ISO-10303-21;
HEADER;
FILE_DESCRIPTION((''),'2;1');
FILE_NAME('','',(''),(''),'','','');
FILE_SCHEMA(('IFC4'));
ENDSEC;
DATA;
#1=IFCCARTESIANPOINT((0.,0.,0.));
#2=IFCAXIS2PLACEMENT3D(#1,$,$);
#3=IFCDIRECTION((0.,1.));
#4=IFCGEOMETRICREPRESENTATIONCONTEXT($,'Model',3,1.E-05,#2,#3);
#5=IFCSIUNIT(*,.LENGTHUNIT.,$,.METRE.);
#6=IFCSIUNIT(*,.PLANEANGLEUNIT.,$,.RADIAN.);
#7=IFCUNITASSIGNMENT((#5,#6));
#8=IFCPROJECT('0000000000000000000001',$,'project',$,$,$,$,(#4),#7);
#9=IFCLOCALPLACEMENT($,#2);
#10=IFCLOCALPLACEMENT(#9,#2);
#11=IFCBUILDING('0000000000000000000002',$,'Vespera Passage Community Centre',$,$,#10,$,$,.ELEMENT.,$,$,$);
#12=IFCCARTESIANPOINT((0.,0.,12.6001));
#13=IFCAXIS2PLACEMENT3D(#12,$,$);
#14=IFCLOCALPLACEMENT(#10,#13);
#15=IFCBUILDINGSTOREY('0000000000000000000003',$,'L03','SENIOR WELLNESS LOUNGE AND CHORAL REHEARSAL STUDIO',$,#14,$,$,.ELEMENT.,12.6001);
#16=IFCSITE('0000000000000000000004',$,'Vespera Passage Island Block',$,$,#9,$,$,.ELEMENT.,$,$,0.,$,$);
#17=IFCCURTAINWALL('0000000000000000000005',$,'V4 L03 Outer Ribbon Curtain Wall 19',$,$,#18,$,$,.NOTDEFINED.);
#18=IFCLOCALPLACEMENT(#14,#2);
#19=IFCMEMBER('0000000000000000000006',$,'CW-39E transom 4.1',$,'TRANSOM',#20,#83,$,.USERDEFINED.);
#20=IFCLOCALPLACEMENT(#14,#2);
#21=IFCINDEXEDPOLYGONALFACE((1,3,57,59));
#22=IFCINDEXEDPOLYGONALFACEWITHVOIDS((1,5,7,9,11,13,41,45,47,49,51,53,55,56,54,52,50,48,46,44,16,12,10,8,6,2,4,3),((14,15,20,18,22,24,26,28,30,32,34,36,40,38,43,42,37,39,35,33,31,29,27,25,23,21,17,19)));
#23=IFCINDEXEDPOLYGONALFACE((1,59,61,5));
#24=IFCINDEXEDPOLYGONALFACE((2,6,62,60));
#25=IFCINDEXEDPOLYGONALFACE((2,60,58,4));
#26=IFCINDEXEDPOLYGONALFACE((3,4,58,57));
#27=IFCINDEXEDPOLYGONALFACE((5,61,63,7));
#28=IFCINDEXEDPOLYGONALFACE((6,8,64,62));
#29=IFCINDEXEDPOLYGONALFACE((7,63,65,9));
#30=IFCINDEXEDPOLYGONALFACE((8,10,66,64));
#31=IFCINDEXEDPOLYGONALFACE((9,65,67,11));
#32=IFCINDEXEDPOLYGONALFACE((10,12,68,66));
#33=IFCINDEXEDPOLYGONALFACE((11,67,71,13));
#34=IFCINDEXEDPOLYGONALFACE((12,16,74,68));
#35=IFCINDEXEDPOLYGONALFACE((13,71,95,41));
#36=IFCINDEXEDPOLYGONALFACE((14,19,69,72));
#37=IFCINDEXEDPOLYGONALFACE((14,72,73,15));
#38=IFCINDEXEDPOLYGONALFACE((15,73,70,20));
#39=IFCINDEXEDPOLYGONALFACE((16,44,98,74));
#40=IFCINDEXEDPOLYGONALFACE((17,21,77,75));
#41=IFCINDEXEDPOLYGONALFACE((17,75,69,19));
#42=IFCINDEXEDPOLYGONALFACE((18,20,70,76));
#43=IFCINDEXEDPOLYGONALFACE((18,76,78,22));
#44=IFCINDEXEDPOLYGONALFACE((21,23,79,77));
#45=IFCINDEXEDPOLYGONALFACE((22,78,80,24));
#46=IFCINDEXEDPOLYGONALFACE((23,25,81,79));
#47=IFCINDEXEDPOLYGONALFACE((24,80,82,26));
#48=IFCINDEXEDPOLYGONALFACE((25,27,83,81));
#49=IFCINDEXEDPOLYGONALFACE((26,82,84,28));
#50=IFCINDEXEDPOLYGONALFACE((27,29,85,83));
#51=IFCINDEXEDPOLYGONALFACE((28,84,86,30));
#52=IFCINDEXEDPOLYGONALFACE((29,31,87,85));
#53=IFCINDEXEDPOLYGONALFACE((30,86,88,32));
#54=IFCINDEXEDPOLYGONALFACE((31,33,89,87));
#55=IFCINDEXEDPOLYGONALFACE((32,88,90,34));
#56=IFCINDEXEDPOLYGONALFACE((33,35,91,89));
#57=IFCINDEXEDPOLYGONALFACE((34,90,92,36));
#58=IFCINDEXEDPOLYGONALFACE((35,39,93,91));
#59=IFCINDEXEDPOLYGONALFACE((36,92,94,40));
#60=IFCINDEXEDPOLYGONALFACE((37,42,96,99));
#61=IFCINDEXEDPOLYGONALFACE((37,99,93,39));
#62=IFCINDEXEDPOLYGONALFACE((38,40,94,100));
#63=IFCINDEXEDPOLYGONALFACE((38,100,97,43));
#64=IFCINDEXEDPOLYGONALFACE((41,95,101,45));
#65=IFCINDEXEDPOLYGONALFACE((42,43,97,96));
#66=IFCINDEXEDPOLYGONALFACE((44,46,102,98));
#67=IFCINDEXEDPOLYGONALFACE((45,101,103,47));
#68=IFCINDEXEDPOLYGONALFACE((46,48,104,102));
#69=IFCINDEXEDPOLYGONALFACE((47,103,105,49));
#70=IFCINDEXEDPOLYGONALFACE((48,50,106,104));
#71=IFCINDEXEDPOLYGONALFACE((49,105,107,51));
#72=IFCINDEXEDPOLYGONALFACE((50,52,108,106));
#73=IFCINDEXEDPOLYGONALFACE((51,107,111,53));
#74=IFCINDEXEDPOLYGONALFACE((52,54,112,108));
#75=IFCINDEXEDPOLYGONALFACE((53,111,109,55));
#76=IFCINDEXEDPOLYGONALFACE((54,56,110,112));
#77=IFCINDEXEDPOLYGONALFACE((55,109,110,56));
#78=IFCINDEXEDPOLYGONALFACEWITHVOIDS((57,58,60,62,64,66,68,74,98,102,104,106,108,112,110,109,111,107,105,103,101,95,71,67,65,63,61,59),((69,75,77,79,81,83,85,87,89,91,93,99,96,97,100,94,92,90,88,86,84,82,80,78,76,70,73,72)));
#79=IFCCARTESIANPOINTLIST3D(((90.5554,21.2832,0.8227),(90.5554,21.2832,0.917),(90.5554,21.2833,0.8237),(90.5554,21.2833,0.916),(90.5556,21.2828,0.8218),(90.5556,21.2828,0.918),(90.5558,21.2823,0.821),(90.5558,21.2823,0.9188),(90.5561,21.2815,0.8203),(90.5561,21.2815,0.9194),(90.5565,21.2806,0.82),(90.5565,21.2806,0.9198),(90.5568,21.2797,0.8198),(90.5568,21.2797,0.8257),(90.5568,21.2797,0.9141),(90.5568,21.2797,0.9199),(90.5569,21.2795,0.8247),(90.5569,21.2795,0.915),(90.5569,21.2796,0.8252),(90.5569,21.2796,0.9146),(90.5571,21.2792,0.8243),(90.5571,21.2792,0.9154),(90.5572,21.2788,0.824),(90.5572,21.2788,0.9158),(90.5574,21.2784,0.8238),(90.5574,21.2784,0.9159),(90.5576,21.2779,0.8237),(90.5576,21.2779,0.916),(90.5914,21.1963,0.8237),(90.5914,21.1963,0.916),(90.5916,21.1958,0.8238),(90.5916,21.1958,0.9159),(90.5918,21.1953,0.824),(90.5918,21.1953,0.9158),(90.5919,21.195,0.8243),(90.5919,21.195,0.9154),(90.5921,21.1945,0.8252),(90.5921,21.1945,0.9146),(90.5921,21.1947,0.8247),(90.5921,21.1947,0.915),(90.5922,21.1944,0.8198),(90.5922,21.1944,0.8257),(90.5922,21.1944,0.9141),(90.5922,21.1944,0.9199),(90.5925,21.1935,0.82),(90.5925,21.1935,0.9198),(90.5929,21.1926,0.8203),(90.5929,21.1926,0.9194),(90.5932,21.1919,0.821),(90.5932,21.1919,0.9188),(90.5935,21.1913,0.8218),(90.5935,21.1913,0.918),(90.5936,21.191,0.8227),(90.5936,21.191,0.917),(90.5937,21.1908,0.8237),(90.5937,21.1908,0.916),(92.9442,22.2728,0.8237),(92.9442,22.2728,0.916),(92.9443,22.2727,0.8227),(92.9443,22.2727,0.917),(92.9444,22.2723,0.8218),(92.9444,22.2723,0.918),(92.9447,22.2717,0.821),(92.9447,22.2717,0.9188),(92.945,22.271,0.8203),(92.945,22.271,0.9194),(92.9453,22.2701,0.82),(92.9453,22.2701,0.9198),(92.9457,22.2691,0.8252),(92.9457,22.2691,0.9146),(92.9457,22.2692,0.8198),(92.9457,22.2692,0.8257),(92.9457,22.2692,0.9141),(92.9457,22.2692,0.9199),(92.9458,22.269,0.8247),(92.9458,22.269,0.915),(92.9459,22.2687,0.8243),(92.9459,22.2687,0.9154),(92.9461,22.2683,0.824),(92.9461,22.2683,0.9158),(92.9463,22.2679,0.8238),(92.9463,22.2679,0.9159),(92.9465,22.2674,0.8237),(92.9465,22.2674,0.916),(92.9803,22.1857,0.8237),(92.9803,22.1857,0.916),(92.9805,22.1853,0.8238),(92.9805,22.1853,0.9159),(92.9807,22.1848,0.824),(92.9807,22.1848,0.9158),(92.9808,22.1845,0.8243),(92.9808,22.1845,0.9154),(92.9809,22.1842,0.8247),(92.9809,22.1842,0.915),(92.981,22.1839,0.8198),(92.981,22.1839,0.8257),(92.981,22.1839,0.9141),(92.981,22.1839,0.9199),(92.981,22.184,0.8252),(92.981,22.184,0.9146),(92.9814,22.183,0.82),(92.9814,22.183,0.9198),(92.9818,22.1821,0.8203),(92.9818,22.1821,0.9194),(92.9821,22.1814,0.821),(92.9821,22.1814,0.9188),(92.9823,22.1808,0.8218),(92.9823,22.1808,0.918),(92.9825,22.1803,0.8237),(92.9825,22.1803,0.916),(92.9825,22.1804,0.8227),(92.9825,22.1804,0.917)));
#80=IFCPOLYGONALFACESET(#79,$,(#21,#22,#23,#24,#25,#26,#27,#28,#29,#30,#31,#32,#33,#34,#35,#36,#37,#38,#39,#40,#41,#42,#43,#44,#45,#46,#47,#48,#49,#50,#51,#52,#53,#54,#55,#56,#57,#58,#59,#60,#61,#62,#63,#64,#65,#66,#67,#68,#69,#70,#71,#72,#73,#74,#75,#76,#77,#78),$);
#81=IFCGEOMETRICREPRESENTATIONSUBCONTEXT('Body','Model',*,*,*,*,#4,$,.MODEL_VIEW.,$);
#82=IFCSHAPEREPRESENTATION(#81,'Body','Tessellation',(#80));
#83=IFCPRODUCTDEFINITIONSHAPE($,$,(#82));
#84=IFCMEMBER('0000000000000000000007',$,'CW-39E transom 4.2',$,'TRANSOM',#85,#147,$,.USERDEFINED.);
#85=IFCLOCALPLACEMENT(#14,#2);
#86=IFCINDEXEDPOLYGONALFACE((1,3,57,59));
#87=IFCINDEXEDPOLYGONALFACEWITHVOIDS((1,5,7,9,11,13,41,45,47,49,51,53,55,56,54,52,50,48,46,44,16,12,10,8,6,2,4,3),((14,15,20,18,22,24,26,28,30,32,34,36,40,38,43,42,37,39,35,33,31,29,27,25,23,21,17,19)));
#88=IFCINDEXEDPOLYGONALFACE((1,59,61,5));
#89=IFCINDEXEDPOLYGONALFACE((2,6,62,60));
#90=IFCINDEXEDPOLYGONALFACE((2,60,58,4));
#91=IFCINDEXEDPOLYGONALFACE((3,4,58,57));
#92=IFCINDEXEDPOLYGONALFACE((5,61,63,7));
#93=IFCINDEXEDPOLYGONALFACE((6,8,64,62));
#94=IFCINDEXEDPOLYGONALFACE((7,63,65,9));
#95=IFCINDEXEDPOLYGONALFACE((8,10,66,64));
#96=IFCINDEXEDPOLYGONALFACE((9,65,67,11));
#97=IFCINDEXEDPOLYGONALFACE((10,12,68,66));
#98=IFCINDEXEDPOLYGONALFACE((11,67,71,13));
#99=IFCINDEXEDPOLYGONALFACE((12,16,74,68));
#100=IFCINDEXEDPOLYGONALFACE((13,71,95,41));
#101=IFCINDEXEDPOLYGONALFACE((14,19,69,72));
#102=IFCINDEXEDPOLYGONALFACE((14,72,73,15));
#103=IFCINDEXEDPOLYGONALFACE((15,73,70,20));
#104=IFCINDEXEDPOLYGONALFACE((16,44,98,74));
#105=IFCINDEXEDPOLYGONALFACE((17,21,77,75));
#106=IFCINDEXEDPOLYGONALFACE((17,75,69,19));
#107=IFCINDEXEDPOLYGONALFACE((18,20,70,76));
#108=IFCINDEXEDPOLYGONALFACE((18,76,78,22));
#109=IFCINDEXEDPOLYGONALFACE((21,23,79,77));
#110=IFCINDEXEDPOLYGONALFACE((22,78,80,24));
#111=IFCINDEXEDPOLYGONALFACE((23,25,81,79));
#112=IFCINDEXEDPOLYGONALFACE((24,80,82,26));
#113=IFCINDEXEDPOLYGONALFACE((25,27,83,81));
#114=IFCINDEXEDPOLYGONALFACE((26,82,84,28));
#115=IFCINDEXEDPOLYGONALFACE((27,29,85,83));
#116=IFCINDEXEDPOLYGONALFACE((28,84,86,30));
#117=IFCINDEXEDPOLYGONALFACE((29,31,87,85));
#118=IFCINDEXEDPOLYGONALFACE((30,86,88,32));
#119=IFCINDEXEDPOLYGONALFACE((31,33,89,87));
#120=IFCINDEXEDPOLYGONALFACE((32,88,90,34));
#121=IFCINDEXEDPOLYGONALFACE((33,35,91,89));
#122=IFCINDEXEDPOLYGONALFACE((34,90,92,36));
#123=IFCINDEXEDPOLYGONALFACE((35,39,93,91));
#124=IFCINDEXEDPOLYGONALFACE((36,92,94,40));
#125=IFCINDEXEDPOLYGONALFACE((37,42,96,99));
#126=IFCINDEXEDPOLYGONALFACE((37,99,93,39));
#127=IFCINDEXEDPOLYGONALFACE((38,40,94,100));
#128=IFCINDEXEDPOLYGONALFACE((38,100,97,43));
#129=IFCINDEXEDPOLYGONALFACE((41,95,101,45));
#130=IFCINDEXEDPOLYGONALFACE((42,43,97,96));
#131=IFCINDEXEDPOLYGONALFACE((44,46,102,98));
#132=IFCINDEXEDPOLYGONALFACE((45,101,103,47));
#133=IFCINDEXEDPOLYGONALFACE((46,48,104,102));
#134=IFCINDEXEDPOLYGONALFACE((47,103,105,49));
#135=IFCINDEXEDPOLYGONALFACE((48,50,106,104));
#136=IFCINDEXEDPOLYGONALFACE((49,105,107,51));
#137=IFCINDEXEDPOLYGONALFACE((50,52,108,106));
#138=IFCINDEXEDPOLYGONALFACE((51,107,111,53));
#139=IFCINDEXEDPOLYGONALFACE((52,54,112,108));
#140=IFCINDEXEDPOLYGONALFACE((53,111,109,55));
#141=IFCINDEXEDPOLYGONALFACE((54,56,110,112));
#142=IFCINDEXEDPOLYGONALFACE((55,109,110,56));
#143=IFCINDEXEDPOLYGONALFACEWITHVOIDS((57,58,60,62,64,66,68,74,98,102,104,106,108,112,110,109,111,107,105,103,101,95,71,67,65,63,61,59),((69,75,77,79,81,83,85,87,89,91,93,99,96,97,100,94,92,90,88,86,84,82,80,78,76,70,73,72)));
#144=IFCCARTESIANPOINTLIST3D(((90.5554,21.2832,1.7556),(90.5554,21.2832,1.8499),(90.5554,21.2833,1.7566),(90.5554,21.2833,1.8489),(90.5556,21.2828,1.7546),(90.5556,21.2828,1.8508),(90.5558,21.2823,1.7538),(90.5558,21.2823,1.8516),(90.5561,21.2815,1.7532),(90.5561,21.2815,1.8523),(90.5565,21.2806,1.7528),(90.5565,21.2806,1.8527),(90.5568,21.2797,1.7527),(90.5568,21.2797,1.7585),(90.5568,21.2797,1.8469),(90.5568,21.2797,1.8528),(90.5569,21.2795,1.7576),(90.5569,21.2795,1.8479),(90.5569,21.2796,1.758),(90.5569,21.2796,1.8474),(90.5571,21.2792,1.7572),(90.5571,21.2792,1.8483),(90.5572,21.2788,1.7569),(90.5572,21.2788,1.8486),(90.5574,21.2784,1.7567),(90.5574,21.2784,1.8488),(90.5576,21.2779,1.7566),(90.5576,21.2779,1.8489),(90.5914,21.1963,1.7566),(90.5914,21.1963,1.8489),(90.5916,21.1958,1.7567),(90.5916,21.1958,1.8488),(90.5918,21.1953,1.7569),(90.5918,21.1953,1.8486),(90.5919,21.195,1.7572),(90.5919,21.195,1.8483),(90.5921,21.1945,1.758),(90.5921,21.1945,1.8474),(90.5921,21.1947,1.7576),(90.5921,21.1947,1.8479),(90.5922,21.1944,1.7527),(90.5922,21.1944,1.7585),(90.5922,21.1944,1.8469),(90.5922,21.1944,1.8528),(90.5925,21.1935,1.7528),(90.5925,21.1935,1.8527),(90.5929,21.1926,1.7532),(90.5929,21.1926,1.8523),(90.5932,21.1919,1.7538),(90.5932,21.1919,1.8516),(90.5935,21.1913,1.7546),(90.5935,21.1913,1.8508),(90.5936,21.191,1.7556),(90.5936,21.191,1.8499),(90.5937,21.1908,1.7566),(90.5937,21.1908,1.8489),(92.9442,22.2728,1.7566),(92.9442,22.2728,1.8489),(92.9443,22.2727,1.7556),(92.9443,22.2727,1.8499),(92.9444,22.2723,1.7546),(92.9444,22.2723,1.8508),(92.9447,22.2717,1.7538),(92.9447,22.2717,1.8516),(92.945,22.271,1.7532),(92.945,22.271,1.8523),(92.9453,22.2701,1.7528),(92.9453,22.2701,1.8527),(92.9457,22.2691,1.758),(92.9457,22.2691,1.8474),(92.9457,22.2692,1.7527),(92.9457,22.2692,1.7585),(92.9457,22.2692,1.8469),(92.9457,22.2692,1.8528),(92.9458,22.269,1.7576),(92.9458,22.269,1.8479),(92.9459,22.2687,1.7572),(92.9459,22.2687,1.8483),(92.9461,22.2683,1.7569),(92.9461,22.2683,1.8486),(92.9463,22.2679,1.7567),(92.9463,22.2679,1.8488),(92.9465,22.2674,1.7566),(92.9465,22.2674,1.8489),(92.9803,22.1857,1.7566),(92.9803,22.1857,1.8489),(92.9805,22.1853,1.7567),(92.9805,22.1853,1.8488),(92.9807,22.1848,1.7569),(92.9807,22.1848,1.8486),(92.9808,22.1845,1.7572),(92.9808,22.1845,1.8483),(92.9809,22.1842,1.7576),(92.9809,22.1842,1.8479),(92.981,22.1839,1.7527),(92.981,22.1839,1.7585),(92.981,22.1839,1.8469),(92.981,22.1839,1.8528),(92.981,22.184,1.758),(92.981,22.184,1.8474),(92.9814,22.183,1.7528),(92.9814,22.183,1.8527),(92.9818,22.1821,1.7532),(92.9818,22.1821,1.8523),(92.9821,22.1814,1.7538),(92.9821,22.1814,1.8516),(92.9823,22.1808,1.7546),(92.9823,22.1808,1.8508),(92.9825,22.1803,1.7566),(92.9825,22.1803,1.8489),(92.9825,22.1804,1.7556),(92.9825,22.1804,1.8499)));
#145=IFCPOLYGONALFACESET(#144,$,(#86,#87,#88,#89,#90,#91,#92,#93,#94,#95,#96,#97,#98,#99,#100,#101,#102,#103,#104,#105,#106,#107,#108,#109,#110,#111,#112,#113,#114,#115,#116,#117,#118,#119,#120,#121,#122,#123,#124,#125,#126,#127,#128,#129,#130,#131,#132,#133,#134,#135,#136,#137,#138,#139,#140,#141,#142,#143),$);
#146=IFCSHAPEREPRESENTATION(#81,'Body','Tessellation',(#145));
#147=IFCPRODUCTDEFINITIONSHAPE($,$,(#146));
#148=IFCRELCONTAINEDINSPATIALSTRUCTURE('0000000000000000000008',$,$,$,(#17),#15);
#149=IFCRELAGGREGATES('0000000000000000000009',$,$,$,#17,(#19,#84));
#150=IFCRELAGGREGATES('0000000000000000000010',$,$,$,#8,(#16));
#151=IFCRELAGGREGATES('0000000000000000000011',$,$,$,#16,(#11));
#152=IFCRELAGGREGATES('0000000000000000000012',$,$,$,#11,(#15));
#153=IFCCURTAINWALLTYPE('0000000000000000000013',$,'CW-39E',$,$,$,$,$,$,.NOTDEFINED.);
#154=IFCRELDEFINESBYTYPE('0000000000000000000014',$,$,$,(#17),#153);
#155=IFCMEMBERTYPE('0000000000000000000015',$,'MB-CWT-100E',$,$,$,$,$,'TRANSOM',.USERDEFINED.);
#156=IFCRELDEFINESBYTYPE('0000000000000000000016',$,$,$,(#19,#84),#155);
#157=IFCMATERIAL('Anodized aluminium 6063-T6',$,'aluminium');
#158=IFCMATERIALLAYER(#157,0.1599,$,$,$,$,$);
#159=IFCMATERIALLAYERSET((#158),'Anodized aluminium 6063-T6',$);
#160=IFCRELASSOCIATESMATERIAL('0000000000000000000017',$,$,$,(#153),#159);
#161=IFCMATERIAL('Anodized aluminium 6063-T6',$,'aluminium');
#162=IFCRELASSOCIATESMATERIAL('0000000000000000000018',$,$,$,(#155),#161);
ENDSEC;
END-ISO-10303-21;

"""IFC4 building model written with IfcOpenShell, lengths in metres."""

from ifc_helpers import new_model, si_unit, direction, frame, origin, origin_2d, place, context, subcontext, project, spatial, hollow_rectangle, extrude, material, layer, layer_set, material_profile, profile_set, type_object, element, aggregate, save


model = new_model("IFC4")

# Units and contexts
model_context = context("Model", 3, precision=1e-05, world=origin(), true_north=direction((0.0, 1.0)))
body_context = subcontext(model_context, "Body", "Model", "MODEL_VIEW")
ifc_project = project(units=[si_unit("LENGTHUNIT", "METRE"), si_unit("PLANEANGLEUNIT", "RADIAN")], contexts=[model_context])

# Site, building, storey
site_placement = place(None, origin())
site = spatial("IfcSite", under=ifc_project, at=site_placement, Name="Vespera Passage Island Block", CompositionType="ELEMENT", RefElevation=0.0)
building_placement = place(site_placement, origin())
building = spatial("IfcBuilding", under=site, at=building_placement, Name="Vespera Passage Community Centre", CompositionType="ELEMENT")
storey_placement = place(building_placement, frame((0.0, 0.0, 12.6001)))
storey = spatial("IfcBuildingStorey", under=building, at=storey_placement, Name="L03", Description="SENIOR WELLNESS LOUNGE AND CHORAL REHEARSAL STUDIO", CompositionType="ELEMENT", Elevation=12.6001)

# Curtain wall, members
ifc_material_1 = material(Name="Anodized aluminium 6063-T6", Category="aluminium")
ifc_layer_1 = layer(ifc_material_1, 0.1599)
ifc_layer_set_1 = layer_set([ifc_layer_1], Name="Anodized aluminium 6063-T6")
curtain_wall_type_1 = type_object("IfcCurtainWallType", Name="CW-39E", PredefinedType="NOTDEFINED", material=ifc_layer_set_1)
curtain_wall_1_placement = place(storey_placement, origin())
curtain_wall_1 = element("IfcCurtainWall", 1, at=curtain_wall_1_placement, inside=storey, type_object=curtain_wall_type_1, Name="V4 L03 Outer Ribbon Curtain Wall 19", PredefinedType="NOTDEFINED")
ifc_material_2 = material(Name="Anodized aluminium 6063-T6", Category="aluminium")
ifc_material_profile_1 = material_profile(ifc_material_2, hollow_rectangle(XDim=0.1001, YDim=0.1001, WallThickness=0.0039, InnerFilletRadius=0.002, OuterFilletRadius=0.0039, at=origin_2d()), Name="ALU100X100X4")
ifc_profile_set_1 = profile_set([ifc_material_profile_1], Name="Anodized aluminium 6063-T6")
member_type_1 = type_object("IfcMemberType", Name="MB-CWT-100E", ElementType="TRANSOM", PredefinedType="USERDEFINED", material=ifc_profile_set_1)
member_1_placement = place(storey_placement, frame((92.9634, 22.2266, 0.8699), z_axis=(-0.923882, -0.382677, 0.0), x_axis=(0.382677, -0.923882, 0.0)))
member_1 = element("IfcMember", 2, at=member_1_placement, type_object=member_type_1, Name="CW-39E transom 4.1", ObjectType="TRANSOM", PredefinedType="USERDEFINED", context=body_context, shape_type="SweptSolid", body=[
    extrude(hollow_rectangle(XDim=0.1001, YDim=0.1001, WallThickness=0.0039, InnerFilletRadius=0.002, OuterFilletRadius=0.0039, at=origin_2d()), origin(), (0.0, 0.0, 1.0), 2.5857),
])
member_2_placement = place(storey_placement, frame((92.9634, 22.2266, 1.8027), z_axis=(-0.923882, -0.382677, 0.0), x_axis=(0.382677, -0.923882, 0.0)))
member_2 = element("IfcMember", 3, at=member_2_placement, type_object=member_type_1, Name="CW-39E transom 4.2", ObjectType="TRANSOM", PredefinedType="USERDEFINED", context=body_context, shape_type="SweptSolid", body=[
    extrude(hollow_rectangle(XDim=0.1001, YDim=0.1001, WallThickness=0.0039, InnerFilletRadius=0.002, OuterFilletRadius=0.0039, at=origin_2d()), origin(), (0.0, 0.0, 1.0), 2.5857),
])

aggregate(curtain_wall_1, [member_1, member_2])

save(model, "model.ifc")
